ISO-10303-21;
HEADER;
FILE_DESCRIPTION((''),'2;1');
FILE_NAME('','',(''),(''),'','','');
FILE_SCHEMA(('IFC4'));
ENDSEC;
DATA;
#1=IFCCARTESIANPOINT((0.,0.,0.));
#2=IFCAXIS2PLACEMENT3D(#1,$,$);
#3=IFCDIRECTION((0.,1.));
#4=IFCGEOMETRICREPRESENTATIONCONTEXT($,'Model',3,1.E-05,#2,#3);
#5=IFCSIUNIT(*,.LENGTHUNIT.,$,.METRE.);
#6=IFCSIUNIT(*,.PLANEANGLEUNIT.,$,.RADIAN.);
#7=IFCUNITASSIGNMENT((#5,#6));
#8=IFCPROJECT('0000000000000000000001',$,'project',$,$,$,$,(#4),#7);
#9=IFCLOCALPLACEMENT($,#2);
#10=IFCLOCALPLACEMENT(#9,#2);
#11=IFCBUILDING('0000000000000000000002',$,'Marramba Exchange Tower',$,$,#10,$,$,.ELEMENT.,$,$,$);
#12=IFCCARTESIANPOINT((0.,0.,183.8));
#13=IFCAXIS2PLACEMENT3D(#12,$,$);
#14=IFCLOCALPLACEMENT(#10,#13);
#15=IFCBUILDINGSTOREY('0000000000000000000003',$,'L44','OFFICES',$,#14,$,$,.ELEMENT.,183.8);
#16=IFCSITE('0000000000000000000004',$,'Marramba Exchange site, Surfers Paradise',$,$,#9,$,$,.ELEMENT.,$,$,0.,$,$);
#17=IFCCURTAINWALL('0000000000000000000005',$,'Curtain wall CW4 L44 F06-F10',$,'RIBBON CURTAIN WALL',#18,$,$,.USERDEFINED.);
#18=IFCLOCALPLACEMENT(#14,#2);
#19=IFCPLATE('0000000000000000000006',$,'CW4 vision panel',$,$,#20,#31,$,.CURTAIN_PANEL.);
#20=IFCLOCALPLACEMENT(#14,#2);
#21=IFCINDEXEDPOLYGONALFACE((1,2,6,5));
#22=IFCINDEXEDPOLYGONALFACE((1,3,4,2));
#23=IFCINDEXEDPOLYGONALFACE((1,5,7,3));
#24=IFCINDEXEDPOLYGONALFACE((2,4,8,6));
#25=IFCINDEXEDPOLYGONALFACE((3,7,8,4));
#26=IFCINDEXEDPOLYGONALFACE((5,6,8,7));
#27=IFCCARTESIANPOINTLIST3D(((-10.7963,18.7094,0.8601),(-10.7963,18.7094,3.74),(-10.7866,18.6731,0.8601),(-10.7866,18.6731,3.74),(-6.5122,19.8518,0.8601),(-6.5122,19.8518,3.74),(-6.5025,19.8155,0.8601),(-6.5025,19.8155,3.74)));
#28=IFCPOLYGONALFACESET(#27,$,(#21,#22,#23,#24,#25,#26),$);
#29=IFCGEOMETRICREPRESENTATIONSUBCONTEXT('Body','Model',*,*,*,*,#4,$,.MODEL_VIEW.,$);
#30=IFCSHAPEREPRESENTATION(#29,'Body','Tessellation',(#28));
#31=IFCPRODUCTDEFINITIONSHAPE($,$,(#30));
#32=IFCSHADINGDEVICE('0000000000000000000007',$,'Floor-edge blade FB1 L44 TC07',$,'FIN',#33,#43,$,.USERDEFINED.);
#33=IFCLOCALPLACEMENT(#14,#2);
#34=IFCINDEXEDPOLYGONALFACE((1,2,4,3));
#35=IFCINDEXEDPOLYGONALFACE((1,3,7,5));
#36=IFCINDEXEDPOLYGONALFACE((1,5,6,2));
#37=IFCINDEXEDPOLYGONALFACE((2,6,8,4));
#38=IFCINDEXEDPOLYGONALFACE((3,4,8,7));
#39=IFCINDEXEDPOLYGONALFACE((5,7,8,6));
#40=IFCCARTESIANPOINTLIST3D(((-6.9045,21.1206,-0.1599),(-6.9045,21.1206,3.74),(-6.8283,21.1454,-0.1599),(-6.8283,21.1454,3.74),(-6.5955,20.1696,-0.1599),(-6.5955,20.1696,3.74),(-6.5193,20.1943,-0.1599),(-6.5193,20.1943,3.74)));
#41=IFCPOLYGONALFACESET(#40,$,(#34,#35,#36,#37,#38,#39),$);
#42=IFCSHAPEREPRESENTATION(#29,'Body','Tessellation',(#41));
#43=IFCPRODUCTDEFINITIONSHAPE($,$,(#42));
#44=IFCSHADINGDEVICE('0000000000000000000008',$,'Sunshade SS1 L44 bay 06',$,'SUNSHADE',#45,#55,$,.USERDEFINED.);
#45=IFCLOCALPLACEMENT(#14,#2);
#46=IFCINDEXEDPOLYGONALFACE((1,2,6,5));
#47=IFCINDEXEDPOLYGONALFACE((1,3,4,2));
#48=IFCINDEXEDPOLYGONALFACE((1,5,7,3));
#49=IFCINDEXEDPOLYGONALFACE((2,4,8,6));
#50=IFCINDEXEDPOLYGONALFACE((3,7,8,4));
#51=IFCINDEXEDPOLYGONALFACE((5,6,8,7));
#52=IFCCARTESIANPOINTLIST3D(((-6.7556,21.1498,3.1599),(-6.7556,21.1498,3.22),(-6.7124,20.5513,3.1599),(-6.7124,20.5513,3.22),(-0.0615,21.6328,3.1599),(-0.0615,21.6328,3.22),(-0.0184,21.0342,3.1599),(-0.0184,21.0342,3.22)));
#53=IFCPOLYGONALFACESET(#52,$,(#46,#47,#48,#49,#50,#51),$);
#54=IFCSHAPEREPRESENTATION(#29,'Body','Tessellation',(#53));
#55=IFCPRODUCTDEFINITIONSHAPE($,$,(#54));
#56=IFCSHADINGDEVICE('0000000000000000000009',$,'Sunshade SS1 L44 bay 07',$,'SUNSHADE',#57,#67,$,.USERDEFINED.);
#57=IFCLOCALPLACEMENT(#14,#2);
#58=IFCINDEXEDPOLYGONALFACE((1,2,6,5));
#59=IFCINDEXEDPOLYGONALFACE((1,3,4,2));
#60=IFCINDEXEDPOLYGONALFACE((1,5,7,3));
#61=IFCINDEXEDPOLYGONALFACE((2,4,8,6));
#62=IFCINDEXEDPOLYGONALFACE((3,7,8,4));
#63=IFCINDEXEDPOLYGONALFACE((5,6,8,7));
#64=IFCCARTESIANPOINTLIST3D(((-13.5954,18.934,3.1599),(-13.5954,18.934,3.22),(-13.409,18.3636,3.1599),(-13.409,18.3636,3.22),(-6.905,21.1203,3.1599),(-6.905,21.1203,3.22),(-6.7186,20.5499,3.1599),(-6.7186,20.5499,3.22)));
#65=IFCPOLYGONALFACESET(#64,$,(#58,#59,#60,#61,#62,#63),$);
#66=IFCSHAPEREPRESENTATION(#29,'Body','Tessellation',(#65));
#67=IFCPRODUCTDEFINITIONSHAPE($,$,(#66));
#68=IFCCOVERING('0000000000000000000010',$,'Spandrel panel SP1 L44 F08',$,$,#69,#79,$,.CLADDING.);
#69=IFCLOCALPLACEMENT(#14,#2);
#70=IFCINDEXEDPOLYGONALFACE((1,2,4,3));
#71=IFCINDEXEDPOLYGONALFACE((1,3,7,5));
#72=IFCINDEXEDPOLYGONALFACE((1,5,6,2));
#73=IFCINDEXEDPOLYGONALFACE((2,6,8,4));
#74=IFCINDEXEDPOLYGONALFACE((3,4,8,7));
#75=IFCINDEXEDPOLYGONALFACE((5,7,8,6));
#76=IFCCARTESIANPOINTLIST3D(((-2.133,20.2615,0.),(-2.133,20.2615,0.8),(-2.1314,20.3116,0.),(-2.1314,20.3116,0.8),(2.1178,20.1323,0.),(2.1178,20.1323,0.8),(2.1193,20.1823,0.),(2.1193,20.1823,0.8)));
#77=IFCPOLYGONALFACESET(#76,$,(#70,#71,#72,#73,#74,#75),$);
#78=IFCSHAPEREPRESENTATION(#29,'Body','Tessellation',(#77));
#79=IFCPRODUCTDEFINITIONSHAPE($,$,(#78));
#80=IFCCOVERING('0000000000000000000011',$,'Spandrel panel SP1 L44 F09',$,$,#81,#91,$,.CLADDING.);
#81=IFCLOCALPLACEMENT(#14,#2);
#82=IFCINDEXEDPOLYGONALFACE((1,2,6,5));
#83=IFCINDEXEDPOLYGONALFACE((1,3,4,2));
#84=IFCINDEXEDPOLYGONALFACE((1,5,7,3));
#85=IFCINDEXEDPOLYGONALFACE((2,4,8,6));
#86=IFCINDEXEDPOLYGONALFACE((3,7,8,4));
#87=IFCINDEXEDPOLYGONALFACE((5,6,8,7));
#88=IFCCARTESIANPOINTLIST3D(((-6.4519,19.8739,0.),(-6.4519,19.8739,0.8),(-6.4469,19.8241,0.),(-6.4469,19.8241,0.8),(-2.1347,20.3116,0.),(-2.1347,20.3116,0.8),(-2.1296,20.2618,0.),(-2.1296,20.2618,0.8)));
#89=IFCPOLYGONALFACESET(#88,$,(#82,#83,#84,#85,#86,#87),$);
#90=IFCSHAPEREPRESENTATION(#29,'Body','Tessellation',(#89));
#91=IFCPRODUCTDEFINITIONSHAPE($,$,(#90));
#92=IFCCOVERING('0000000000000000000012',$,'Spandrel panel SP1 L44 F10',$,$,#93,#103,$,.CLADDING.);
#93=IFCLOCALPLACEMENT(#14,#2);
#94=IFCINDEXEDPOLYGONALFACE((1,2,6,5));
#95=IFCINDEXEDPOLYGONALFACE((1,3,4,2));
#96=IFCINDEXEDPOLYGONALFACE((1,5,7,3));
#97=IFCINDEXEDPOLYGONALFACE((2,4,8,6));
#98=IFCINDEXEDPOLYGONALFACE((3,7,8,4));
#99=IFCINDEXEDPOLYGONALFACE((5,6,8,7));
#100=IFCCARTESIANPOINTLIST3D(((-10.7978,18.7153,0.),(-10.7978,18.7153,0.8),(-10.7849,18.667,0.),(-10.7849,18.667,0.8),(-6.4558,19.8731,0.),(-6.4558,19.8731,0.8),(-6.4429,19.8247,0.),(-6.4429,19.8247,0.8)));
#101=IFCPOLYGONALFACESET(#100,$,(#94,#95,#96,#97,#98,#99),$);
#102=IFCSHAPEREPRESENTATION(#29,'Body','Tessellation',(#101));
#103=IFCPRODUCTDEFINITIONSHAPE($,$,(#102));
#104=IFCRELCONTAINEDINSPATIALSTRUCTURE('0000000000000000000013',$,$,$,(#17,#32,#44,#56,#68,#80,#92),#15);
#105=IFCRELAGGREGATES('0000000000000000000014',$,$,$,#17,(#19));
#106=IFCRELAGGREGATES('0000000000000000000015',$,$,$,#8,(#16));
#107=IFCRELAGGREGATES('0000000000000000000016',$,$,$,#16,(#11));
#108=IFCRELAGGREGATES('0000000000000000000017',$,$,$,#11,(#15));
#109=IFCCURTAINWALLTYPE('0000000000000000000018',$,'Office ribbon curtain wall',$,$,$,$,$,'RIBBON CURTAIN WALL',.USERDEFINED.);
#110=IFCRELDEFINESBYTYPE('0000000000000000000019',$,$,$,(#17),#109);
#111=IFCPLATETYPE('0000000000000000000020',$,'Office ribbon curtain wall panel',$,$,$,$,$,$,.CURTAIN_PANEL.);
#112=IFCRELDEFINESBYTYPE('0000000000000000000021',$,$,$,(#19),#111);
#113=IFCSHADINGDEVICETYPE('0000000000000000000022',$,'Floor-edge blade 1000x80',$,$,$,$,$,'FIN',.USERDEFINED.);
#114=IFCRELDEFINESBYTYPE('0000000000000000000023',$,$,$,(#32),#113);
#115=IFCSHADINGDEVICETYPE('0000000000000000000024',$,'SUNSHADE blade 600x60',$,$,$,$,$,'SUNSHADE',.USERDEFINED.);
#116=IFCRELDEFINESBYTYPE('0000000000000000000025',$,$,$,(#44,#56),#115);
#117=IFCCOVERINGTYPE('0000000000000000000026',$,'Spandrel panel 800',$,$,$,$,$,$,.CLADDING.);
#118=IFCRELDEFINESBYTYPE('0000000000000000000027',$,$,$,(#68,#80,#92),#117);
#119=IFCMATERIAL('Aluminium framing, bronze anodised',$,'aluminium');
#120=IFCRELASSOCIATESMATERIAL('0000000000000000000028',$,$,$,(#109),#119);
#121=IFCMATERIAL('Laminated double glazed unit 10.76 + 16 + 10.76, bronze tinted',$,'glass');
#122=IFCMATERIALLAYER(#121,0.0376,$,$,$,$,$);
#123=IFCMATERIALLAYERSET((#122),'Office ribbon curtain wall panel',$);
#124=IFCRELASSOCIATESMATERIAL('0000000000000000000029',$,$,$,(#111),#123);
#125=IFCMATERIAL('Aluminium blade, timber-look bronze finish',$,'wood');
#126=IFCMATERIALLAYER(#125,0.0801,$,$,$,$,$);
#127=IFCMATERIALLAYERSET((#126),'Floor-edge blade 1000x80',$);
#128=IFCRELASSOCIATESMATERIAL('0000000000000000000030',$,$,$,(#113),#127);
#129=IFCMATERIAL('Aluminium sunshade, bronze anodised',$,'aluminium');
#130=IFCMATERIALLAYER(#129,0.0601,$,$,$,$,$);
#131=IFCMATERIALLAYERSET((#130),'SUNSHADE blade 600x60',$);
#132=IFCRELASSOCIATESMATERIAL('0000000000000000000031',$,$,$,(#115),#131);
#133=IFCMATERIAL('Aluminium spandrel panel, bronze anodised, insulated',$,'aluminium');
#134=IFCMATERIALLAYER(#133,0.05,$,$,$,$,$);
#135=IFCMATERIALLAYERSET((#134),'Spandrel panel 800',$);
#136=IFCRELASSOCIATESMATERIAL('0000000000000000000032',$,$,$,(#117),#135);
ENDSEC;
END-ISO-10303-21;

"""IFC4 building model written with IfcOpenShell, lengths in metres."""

from ifc_helpers import new_model, si_unit, direction, frame, origin, origin_2d, place, context, subcontext, project, spatial, rectangle, extrude, material, layer, layer_set, type_object, element, aggregate, save


model = new_model("IFC4")

# Units and contexts
model_context = context("Model", 3, precision=1e-05, world=origin(), true_north=direction((0.0, 1.0)))
body_context = subcontext(model_context, "Body", "Model", "MODEL_VIEW")
ifc_project = project(units=[si_unit("LENGTHUNIT", "METRE"), si_unit("PLANEANGLEUNIT", "RADIAN")], contexts=[model_context])

# Site, building, storey
site_placement = place(None, origin())
site = spatial("IfcSite", under=ifc_project, at=site_placement, Name="Marramba Exchange site, Surfers Paradise", CompositionType="ELEMENT", RefElevation=0.0)
building_placement = place(site_placement, origin())
building = spatial("IfcBuilding", under=site, at=building_placement, Name="Marramba Exchange Tower", CompositionType="ELEMENT")
storey_placement = place(building_placement, frame((0.0, 0.0, 183.8)))
storey = spatial("IfcBuildingStorey", under=building, at=storey_placement, Name="L44", Description="OFFICES", CompositionType="ELEMENT", Elevation=183.8)

# Curtain wall
ifc_material_1 = material(Name="Aluminium framing, bronze anodised", Category="aluminium")
curtain_wall_type = type_object("IfcCurtainWallType", Name="Office ribbon curtain wall", ElementType="RIBBON CURTAIN WALL", PredefinedType="USERDEFINED", material=ifc_material_1)
curtain_wall_1_placement = place(storey_placement, origin())
curtain_wall_1 = element("IfcCurtainWall", 1, at=curtain_wall_1_placement, inside=storey, type_object=curtain_wall_type, Name="Curtain wall CW4 L44 F06-F10", ObjectType="RIBBON CURTAIN WALL", PredefinedType="USERDEFINED")

# Plate
ifc_material_2 = material(Name="Laminated double glazed unit 10.76 + 16 + 10.76, bronze tinted", Category="glass")
ifc_layer_1 = layer(ifc_material_2, 0.0376)
ifc_layer_set_1 = layer_set([ifc_layer_1], Name="Office ribbon curtain wall panel")
plate_type = type_object("IfcPlateType", Name="Office ribbon curtain wall panel", PredefinedType="CURTAIN_PANEL", material=ifc_layer_set_1)
plate_1_placement = place(storey_placement, frame((-8.6494, 19.2625, 0.8601), z_axis=(0.0, 0.0, 1.0), x_axis=(-0.966241, -0.257641, 0.0)))
plate_1 = element("IfcPlate", 2, at=plate_1_placement, type_object=plate_type, Name="CW4 vision panel", PredefinedType="CURTAIN_PANEL", context=body_context, shape_type="SweptSolid", body=[
    extrude(rectangle(XDim=4.4338, YDim=0.0376, at=origin_2d()), origin(), (0.0, 0.0, 1.0), 2.8799),
])
aggregate(curtain_wall_1, [plate_1])

# Shading devices
ifc_material_3 = material(Name="Aluminium blade, timber-look bronze finish", Category="wood")
ifc_layer_2 = layer(ifc_material_3, 0.0801)
ifc_layer_set_2 = layer_set([ifc_layer_2], Name="Floor-edge blade 1000x80")
shading_device_type_1 = type_object("IfcShadingDeviceType", Name="Floor-edge blade 1000x80", ElementType="FIN", PredefinedType="USERDEFINED", material=ifc_layer_set_2)
shading_device_1_placement = place(storey_placement, frame((-6.7119, 20.6575, -0.1599), z_axis=(0.0, 0.0, 1.0), x_axis=(-0.309017, 0.951057, 0.0)))
element("IfcShadingDevice", 3, at=shading_device_1_placement, inside=storey, type_object=shading_device_type_1, Name="Floor-edge blade FB1 L44 TC07", ObjectType="FIN", PredefinedType="USERDEFINED", context=body_context, shape_type="SweptSolid", body=[
    extrude(rectangle(XDim=1.0, YDim=0.0801, at=origin_2d()), origin(), (0.0, 0.0, 1.0), 3.8999),
])
ifc_material_4 = material(Name="Aluminium sunshade, bronze anodised", Category="aluminium")
ifc_layer_3 = layer(ifc_material_4, 0.0601)
ifc_layer_set_3 = layer_set([ifc_layer_3], Name="SUNSHADE blade 600x60")
shading_device_type_2 = type_object("IfcShadingDeviceType", Name="SUNSHADE blade 600x60", ElementType="SUNSHADE", PredefinedType="USERDEFINED", material=ifc_layer_set_3)
shading_device_2_placement = place(storey_placement, frame((-3.387, 21.092, 3.1599), z_axis=(0.0, 0.0, 1.0), x_axis=(-0.997408, -0.071958, 0.0)))
element("IfcShadingDevice", 4, at=shading_device_2_placement, inside=storey, type_object=shading_device_type_2, Name="Sunshade SS1 L44 bay 06", ObjectType="SUNSHADE", PredefinedType="USERDEFINED", context=body_context, shape_type="SweptSolid", body=[
    extrude(rectangle(XDim=6.7114, YDim=0.6001, at=origin_2d()), origin(), (0.0, 0.0, 1.0), 0.0601),
])
shading_device_3_placement = place(storey_placement, frame((-10.157, 19.7419, 3.1599), z_axis=(0.0, 0.0, 1.0), x_axis=(-0.950538, -0.31061, 0.0)))
element("IfcShadingDevice", 5, at=shading_device_3_placement, inside=storey, type_object=shading_device_type_2, Name="Sunshade SS1 L44 bay 07", ObjectType="SUNSHADE", PredefinedType="USERDEFINED", context=body_context, shape_type="SweptSolid", body=[
    extrude(rectangle(XDim=7.0386, YDim=0.6001, at=origin_2d()), origin(), (0.0, 0.0, 1.0), 0.0601),
])

# Coverings
ifc_material_5 = material(Name="Aluminium spandrel panel, bronze anodised, insulated", Category="aluminium")
ifc_layer_4 = layer(ifc_material_5, 0.05)
ifc_layer_set_4 = layer_set([ifc_layer_4], Name="Spandrel panel 800")
covering_type = type_object("IfcCoveringType", Name="Spandrel panel 800", PredefinedType="CLADDING", material=ifc_layer_set_4)
covering_1_placement = place(storey_placement, frame((-0.0068, 20.2219, 0.0), z_axis=(0.0, 0.0, 1.0), x_axis=(-0.999538, 0.030394, 0.0)))
element("IfcCovering", 6, at=covering_1_placement, inside=storey, type_object=covering_type, Name="Spandrel panel SP1 L44 F08", PredefinedType="CLADDING", context=body_context, shape_type="SweptSolid", body=[
    extrude(rectangle(XDim=4.2527, YDim=0.05, at=origin_2d()), origin(), (0.0, 0.0, 1.0), 0.8),
])
covering_2_placement = place(storey_placement, frame((-4.2908, 20.0679, 0.0), z_axis=(0.0, 0.0, 1.0), x_axis=(-0.9949, -0.100863, 0.0)))
element("IfcCovering", 7, at=covering_2_placement, inside=storey, type_object=covering_type, Name="Spandrel panel SP1 L44 F09", PredefinedType="CLADDING", context=body_context, shape_type="SweptSolid", body=[
    extrude(rectangle(XDim=4.3394, YDim=0.05, at=origin_2d()), origin(), (0.0, 0.0, 1.0), 0.8),
])
covering_3_placement = place(storey_placement, frame((-8.6204, 19.27, 0.0), z_axis=(0.0, 0.0, 1.0), x_axis=(-0.966241, -0.257641, 0.0)))
element("IfcCovering", 8, at=covering_3_placement, inside=storey, type_object=covering_type, Name="Spandrel panel SP1 L44 F10", PredefinedType="CLADDING", context=body_context, shape_type="SweptSolid", body=[
    extrude(rectangle(XDim=4.4937, YDim=0.05, at=origin_2d()), origin(), (0.0, 0.0, 1.0), 0.8),
])

save(model, "model.ifc")
